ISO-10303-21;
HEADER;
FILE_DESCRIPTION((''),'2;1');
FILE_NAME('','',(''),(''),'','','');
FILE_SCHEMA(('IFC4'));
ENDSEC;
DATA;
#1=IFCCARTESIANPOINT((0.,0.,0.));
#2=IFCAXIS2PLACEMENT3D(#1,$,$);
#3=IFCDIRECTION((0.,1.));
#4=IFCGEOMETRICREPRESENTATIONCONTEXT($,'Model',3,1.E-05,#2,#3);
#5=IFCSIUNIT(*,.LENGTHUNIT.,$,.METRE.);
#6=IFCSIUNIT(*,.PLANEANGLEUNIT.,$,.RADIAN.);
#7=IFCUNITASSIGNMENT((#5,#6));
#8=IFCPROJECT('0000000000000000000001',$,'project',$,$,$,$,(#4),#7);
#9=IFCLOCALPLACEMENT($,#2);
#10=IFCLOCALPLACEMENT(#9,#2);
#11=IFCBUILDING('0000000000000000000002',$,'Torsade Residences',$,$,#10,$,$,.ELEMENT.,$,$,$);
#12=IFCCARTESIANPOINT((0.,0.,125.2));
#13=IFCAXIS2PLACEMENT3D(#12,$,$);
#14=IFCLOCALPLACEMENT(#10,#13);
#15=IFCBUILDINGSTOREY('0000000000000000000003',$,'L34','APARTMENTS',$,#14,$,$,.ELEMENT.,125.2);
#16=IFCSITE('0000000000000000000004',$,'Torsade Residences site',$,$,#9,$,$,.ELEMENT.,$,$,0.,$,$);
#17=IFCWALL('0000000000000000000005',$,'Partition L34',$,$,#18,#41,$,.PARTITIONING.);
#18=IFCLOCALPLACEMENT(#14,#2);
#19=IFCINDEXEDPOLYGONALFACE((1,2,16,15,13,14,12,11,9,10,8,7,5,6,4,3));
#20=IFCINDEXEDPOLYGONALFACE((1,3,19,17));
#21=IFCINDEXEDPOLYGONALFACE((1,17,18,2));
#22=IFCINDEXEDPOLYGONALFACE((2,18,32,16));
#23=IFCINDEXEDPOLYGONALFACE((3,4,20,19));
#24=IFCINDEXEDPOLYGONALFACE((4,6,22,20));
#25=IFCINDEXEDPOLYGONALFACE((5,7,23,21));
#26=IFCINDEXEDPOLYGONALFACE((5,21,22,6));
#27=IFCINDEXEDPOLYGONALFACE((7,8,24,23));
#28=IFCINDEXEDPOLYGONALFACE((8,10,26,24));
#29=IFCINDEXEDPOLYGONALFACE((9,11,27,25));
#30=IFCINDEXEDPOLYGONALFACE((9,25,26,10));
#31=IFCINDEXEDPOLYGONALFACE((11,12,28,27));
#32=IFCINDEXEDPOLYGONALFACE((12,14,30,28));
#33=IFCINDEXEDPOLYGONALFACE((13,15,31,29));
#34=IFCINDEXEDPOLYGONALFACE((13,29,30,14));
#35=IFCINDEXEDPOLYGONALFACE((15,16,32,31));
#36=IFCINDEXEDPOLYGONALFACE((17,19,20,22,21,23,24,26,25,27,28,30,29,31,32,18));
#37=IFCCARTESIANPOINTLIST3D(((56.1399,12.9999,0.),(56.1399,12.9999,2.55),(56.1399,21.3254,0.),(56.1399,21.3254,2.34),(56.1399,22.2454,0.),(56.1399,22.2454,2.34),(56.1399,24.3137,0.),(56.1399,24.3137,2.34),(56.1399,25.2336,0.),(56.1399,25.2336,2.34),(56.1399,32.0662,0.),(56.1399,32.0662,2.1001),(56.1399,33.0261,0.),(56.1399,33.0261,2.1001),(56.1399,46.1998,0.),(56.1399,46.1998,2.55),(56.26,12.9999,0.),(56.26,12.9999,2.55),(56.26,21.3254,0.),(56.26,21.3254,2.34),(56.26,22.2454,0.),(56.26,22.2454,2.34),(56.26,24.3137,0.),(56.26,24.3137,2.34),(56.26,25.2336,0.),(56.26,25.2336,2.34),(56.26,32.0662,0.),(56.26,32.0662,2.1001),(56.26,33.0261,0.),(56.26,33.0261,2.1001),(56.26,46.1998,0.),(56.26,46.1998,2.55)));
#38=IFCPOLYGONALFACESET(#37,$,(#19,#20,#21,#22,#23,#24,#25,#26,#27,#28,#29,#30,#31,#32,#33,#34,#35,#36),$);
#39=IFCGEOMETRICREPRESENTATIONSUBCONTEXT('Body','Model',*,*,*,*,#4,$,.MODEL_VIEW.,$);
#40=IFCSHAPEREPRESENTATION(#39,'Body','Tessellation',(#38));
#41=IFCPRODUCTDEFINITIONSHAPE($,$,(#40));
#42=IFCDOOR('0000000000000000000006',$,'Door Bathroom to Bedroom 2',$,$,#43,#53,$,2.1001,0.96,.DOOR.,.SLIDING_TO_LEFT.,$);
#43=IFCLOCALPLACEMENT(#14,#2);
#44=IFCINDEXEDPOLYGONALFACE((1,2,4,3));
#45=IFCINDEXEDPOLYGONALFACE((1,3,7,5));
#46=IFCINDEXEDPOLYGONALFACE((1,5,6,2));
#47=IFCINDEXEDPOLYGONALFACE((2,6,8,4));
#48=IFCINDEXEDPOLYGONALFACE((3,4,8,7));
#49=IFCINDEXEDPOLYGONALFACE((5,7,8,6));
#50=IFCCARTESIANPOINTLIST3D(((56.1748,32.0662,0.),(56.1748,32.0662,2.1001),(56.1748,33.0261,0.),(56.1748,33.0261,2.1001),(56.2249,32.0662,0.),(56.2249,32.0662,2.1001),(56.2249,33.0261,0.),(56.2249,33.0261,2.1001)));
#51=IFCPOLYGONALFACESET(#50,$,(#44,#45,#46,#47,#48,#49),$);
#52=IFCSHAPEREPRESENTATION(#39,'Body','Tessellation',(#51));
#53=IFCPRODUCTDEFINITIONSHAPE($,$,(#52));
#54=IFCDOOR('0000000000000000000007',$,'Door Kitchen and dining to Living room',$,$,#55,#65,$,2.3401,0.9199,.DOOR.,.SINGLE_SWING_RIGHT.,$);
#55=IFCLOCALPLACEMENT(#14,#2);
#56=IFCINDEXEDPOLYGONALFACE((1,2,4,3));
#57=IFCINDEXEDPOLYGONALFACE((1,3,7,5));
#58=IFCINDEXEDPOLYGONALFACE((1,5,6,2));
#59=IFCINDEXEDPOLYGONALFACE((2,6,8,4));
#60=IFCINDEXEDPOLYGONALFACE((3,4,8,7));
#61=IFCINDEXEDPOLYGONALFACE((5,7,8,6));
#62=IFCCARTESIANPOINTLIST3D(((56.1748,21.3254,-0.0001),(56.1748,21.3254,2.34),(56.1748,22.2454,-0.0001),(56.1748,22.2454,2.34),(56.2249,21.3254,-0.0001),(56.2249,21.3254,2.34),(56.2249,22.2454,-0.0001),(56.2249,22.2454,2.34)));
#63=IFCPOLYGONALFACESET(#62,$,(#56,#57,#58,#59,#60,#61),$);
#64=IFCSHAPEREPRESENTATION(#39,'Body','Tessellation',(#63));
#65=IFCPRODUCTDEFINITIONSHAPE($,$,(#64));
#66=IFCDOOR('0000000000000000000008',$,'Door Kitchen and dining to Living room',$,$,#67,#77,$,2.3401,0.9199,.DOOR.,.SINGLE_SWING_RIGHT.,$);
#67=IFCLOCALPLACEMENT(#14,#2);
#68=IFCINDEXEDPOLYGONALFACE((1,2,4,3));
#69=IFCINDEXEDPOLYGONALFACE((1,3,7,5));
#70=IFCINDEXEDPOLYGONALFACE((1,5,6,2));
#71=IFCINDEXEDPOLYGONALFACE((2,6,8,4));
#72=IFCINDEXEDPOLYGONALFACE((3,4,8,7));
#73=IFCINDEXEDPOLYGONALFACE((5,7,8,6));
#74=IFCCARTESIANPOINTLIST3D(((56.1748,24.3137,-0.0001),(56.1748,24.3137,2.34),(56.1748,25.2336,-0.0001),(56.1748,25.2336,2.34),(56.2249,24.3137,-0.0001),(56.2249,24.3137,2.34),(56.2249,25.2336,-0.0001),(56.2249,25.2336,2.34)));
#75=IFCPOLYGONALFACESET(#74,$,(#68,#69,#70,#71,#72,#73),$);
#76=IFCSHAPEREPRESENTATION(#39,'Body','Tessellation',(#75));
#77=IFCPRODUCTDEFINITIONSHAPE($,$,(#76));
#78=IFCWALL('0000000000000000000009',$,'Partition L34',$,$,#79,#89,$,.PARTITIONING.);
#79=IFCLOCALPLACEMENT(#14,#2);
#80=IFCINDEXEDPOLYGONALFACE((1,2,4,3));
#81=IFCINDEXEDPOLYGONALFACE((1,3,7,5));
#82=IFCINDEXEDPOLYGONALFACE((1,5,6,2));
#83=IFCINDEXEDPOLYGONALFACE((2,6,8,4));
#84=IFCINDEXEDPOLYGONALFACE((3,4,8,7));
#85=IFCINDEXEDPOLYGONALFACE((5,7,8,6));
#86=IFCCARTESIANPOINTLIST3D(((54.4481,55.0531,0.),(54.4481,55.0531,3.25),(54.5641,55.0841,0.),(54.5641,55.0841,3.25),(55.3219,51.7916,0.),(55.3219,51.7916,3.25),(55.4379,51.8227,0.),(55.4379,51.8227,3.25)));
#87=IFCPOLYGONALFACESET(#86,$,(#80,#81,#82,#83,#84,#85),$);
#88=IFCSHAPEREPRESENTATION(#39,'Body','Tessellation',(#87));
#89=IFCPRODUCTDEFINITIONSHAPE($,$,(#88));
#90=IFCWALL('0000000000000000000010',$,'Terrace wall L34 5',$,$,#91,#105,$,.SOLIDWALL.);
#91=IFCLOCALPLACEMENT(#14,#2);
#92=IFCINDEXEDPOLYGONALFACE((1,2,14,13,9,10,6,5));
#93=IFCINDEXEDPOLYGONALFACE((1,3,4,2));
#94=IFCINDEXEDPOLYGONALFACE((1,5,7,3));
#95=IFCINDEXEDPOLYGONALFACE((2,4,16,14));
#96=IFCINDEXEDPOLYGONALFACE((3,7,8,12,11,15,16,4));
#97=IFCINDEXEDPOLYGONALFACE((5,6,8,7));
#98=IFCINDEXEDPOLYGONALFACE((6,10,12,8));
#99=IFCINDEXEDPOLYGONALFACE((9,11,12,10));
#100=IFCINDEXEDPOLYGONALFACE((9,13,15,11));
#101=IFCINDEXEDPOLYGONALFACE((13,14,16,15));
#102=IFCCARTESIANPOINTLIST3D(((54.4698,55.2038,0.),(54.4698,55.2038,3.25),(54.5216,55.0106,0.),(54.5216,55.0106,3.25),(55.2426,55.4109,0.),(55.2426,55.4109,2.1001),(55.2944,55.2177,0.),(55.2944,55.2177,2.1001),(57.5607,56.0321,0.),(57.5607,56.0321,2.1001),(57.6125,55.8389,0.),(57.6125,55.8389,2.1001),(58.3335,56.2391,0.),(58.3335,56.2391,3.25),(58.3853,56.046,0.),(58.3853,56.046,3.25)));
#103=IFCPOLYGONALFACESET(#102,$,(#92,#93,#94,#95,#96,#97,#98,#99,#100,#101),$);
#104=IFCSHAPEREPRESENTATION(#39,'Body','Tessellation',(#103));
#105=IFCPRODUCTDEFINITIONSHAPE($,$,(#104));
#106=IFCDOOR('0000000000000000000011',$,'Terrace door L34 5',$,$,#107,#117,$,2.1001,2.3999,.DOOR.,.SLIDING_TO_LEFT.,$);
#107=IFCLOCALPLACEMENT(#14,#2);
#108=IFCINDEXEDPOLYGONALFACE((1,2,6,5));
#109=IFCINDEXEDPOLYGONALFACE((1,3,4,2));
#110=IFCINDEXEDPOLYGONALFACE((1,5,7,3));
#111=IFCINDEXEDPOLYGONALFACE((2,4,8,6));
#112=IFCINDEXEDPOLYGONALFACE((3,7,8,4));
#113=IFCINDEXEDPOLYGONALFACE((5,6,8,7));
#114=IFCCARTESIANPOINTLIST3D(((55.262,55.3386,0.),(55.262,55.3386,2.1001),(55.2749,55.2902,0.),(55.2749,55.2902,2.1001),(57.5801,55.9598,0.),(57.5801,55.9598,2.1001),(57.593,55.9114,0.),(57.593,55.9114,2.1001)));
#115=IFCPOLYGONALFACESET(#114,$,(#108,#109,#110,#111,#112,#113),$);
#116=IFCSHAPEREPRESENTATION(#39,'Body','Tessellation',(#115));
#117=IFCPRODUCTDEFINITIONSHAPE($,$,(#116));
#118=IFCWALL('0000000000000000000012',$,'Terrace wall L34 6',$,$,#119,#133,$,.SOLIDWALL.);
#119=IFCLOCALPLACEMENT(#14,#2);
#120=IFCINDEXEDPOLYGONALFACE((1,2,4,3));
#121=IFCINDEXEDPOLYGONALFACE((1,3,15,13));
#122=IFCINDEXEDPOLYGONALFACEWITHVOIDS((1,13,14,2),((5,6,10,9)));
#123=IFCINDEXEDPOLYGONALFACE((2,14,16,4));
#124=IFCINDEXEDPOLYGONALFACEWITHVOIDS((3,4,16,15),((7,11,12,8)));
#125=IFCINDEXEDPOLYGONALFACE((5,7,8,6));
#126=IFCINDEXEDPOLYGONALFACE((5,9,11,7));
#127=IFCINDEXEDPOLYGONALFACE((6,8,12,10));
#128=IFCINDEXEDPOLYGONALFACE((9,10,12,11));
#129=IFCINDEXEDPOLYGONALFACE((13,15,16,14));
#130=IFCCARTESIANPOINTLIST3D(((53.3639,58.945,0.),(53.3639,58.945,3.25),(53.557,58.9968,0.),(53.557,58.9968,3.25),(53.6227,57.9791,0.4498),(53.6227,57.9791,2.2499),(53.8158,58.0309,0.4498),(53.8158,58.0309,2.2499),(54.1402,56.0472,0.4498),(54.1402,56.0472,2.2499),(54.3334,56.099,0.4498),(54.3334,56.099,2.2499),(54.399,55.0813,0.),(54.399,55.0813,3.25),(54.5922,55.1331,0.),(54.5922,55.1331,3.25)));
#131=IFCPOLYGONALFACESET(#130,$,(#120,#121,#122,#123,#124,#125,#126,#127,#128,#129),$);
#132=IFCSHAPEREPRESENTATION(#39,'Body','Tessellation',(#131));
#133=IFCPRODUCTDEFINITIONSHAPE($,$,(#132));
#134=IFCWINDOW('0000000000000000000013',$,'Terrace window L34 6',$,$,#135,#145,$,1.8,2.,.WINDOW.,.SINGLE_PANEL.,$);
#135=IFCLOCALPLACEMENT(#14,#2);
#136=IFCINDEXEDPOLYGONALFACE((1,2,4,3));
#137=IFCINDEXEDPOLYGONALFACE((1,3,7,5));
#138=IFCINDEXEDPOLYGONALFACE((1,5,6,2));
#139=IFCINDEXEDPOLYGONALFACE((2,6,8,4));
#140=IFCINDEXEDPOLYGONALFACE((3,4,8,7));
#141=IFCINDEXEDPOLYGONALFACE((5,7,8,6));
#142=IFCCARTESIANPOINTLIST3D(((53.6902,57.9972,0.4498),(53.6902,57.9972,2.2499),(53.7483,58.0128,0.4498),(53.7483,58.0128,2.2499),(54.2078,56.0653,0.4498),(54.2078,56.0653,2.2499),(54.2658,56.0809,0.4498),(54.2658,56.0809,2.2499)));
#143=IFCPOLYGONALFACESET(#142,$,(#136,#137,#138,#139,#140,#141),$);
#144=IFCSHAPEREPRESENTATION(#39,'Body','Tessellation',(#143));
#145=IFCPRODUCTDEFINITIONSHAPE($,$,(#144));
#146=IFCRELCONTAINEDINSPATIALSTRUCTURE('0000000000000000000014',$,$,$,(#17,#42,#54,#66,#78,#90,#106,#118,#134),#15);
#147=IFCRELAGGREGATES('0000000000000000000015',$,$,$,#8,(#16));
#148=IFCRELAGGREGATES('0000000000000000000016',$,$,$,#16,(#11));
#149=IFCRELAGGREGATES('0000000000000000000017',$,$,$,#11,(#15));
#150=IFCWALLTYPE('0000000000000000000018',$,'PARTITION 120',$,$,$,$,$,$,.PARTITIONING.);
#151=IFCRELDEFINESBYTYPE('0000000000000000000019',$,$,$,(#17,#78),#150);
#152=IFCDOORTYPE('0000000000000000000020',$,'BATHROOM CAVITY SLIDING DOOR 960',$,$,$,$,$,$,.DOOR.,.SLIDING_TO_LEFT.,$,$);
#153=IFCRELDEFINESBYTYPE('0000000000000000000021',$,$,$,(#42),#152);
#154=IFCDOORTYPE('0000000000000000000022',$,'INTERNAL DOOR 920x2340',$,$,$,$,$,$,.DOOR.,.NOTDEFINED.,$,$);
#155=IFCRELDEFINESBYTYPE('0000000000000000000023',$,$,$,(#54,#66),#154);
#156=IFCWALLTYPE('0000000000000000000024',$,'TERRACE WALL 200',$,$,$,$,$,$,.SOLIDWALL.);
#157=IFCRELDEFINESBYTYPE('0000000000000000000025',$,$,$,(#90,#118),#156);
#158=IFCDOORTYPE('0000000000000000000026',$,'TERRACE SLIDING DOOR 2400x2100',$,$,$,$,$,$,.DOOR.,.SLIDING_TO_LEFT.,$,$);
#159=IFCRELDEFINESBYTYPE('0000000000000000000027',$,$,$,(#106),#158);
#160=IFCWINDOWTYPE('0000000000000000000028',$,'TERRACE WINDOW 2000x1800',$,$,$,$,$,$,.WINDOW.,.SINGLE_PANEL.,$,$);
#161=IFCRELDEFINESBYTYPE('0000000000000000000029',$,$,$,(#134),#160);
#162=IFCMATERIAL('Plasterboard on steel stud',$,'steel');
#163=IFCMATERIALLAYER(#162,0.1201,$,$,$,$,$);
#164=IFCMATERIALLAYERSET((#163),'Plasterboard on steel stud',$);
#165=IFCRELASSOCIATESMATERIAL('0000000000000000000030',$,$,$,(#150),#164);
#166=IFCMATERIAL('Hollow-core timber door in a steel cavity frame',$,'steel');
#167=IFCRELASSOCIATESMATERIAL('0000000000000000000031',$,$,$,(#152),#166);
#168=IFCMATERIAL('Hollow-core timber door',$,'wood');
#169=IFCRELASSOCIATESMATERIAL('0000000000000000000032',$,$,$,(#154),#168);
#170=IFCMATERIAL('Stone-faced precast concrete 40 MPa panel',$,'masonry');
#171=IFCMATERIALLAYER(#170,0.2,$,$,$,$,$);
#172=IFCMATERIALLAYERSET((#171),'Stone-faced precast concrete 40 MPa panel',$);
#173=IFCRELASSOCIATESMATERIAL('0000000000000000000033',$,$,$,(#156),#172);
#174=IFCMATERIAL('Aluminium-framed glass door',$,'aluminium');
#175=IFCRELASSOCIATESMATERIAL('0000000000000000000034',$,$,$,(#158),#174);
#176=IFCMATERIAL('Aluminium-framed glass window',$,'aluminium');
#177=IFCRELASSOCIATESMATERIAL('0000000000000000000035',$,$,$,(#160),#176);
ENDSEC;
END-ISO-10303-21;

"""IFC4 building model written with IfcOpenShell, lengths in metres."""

from ifc_helpers import new_model, si_unit, direction, frame, frame_2d, origin, place, context, subcontext, project, spatial, rectangle, extrude, material, layer, layer_set, type_object, element, fill, save


model = new_model("IFC4")

# Units and contexts
model_context = context("Model", 3, precision=1e-05, world=origin(), true_north=direction((0.0, 1.0)))
body_context = subcontext(model_context, "Body", "Model", "MODEL_VIEW")
ifc_project = project(units=[si_unit("LENGTHUNIT", "METRE"), si_unit("PLANEANGLEUNIT", "RADIAN")], contexts=[model_context])

# Site, building, storey
site_placement = place(None, origin())
site = spatial("IfcSite", under=ifc_project, at=site_placement, Name="Torsade Residences site", CompositionType="ELEMENT", RefElevation=0.0)
building_placement = place(site_placement, origin())
building = spatial("IfcBuilding", under=site, at=building_placement, Name="Torsade Residences", CompositionType="ELEMENT")
storey_placement = place(building_placement, frame((0.0, 0.0, 125.2)))
storey = spatial("IfcBuildingStorey", under=building, at=storey_placement, Name="L34", Description="APARTMENTS", CompositionType="ELEMENT", Elevation=125.2)

# Wall, openings, doors
ifc_material_1 = material(Name="Plasterboard on steel stud", Category="steel")
ifc_layer_1 = layer(ifc_material_1, 0.1201)
ifc_layer_set_1 = layer_set([ifc_layer_1], Name="Plasterboard on steel stud")
wall_type_1 = type_object("IfcWallType", Name="PARTITION 120", PredefinedType="PARTITIONING", material=ifc_layer_set_1)
wall_1_placement = place(storey_placement, frame((56.2, 46.2, 0.0), z_axis=(0.0, 0.0, 1.0), x_axis=(0.0, -1.0, 0.0)))
wall_1 = element("IfcWall", 1, at=wall_1_placement, inside=storey, type_object=wall_type_1, Name="Partition L34", PredefinedType="PARTITIONING", context=body_context, shape_type="SweptSolid", body=[
    extrude(rectangle(XDim=33.2, YDim=0.1201, at=frame_2d((16.6001, 0.0))), origin(), (0.0, 0.0, 1.0), 2.55),
])
opening_1_placement = place(wall_1_placement, frame((23.9546, 0.0, 0.0)))
opening_1 = element("IfcOpeningElement", 2, at=opening_1_placement, cuts=wall_1, PredefinedType="OPENING", context=body_context, shape_type="SweptSolid", body=[
    extrude(rectangle(XDim=0.9199, YDim=2.3401, at=frame_2d((0.46, 1.1699))), frame((0.0, 0.0701, 0.0), z_axis=(0.0, -1.0, 0.0), x_axis=(1.0, 0.0, 0.0)), (0.0, 0.0, 1.0), 0.1401),
])
opening_2_placement = place(wall_1_placement, frame((20.9663, 0.0, 0.0)))
opening_2 = element("IfcOpeningElement", 3, at=opening_2_placement, cuts=wall_1, PredefinedType="OPENING", context=body_context, shape_type="SweptSolid", body=[
    extrude(rectangle(XDim=0.9199, YDim=2.3401, at=frame_2d((0.46, 1.1699))), frame((0.0, 0.0701, 0.0), z_axis=(0.0, -1.0, 0.0), x_axis=(1.0, 0.0, 0.0)), (0.0, 0.0, 1.0), 0.1401),
])
opening_3_placement = place(wall_1_placement, frame((13.1738, 0.0, 0.0)))
opening_3 = element("IfcOpeningElement", 4, at=opening_3_placement, cuts=wall_1, PredefinedType="OPENING", context=body_context, shape_type="SweptSolid", body=[
    extrude(rectangle(XDim=0.96, YDim=2.1001, at=frame_2d((0.48, 1.05))), frame((0.0, 0.0701, 0.0), z_axis=(0.0, -1.0, 0.0), x_axis=(1.0, 0.0, 0.0)), (0.0, 0.0, 1.0), 0.1401),
])
ifc_material_2 = material(Name="Hollow-core timber door in a steel cavity frame", Category="steel")
door_type_1 = type_object("IfcDoorType", Name="BATHROOM CAVITY SLIDING DOOR 960", OperationType="SLIDING_TO_LEFT", PredefinedType="DOOR", material=ifc_material_2)
door_1_placement = place(opening_3_placement, origin())
door_1 = element("IfcDoor", 5, at=door_1_placement, inside=storey, type_object=door_type_1, Name="Door Bathroom to Bedroom 2", OperationType="SLIDING_TO_LEFT", OverallHeight=2.1001, OverallWidth=0.96, PredefinedType="DOOR", context=body_context, shape_type="SweptSolid", body=[
    extrude(rectangle(XDim=0.96, YDim=2.1001, at=frame_2d((0.48, 1.05))), frame((0.0, 0.0249, 0.0), z_axis=(0.0, -1.0, 0.0), x_axis=(1.0, 0.0, 0.0)), (0.0, 0.0, 1.0), 0.05),
])
fill(opening_3, door_1)
ifc_material_3 = material(Name="Hollow-core timber door", Category="wood")
door_type_2 = type_object("IfcDoorType", Name="INTERNAL DOOR 920x2340", OperationType="NOTDEFINED", PredefinedType="DOOR", material=ifc_material_3)
door_2_placement = place(opening_1_placement, origin())
door_2 = element("IfcDoor", 6, at=door_2_placement, inside=storey, type_object=door_type_2, Name="Door Kitchen and dining to Living room", OperationType="SINGLE_SWING_RIGHT", OverallHeight=2.3401, OverallWidth=0.9199, PredefinedType="DOOR", context=body_context, shape_type="SweptSolid", body=[
    extrude(rectangle(XDim=0.9199, YDim=2.3401, at=frame_2d((0.46, 1.1699))), frame((0.0, 0.0249, 0.0), z_axis=(0.0, -1.0, 0.0), x_axis=(1.0, 0.0, 0.0)), (0.0, 0.0, 1.0), 0.05),
])
fill(opening_1, door_2)
door_3_placement = place(opening_2_placement, origin())
door_3 = element("IfcDoor", 7, at=door_3_placement, inside=storey, type_object=door_type_2, Name="Door Kitchen and dining to Living room", OperationType="SINGLE_SWING_RIGHT", OverallHeight=2.3401, OverallWidth=0.9199, PredefinedType="DOOR", context=body_context, shape_type="SweptSolid", body=[
    extrude(rectangle(XDim=0.9199, YDim=2.3401, at=frame_2d((0.46, 1.1699))), frame((0.0, 0.0249, 0.0), z_axis=(0.0, -1.0, 0.0), x_axis=(1.0, 0.0, 0.0)), (0.0, 0.0, 1.0), 0.05),
])
fill(opening_2, door_3)

# Wall
wall_2_placement = place(storey_placement, frame((54.5061, 55.0686, 0.0), z_axis=(0.0, 0.0, 1.0), x_axis=(0.258783, -0.965935, 0.0)))
element("IfcWall", 8, at=wall_2_placement, inside=storey, type_object=wall_type_1, Name="Partition L34", PredefinedType="PARTITIONING", context=body_context, shape_type="SweptSolid", body=[
    extrude(rectangle(XDim=3.3765, YDim=0.1201, at=frame_2d((1.6882, 0.0))), origin(), (0.0, 0.0, 1.0), 3.25),
])

# Wall, opening, door
ifc_material_4 = material(Name="Stone-faced precast concrete 40 MPa panel", Category="masonry")
ifc_layer_2 = layer(ifc_material_4, 0.2)
ifc_layer_set_2 = layer_set([ifc_layer_2], Name="Stone-faced precast concrete 40 MPa panel")
wall_type_2 = type_object("IfcWallType", Name="TERRACE WALL 200", PredefinedType="SOLIDWALL", material=ifc_layer_set_2)
wall_3_placement = place(storey_placement, frame((58.3594, 56.1426, 0.0), z_axis=(0.0, 0.0, 1.0), x_axis=(-0.965919, -0.258844, 0.0)))
wall_3 = element("IfcWall", 9, at=wall_3_placement, inside=storey, type_object=wall_type_2, Name="Terrace wall L34 5", PredefinedType="SOLIDWALL", context=body_context, shape_type="SweptSolid", body=[
    extrude(rectangle(XDim=4.0, YDim=0.2, at=frame_2d((2.0, 0.0))), origin(), (0.0, 0.0, 1.0), 3.25),
])
opening_4_placement = place(wall_3_placement, frame((0.8, 0.0, 0.0)))
opening_4 = element("IfcOpeningElement", 10, at=opening_4_placement, cuts=wall_3, PredefinedType="OPENING", context=body_context, shape_type="SweptSolid", body=[
    extrude(rectangle(XDim=2.3999, YDim=2.1001, at=frame_2d((1.2, 1.05))), frame((0.0, 0.1099, 0.0), z_axis=(0.0, -1.0, 0.0), x_axis=(1.0, 0.0, 0.0)), (0.0, 0.0, 1.0), 0.22),
])
ifc_material_5 = material(Name="Aluminium-framed glass door", Category="aluminium")
door_type_3 = type_object("IfcDoorType", Name="TERRACE SLIDING DOOR 2400x2100", OperationType="SLIDING_TO_LEFT", PredefinedType="DOOR", material=ifc_material_5)
door_4_placement = place(opening_4_placement, origin())
door_4 = element("IfcDoor", 11, at=door_4_placement, inside=storey, type_object=door_type_3, Name="Terrace door L34 5", OperationType="SLIDING_TO_LEFT", OverallHeight=2.1001, OverallWidth=2.3999, PredefinedType="DOOR", context=body_context, shape_type="SweptSolid", body=[
    extrude(rectangle(XDim=2.3999, YDim=2.1001, at=frame_2d((1.2, 1.05))), frame((0.0, 0.0249, 0.0), z_axis=(0.0, -1.0, 0.0), x_axis=(1.0, 0.0, 0.0)), (0.0, 0.0, 1.0), 0.05),
])
fill(opening_4, door_4)

# Wall, opening, window
wall_4_placement = place(storey_placement, frame((54.4956, 55.1072, 0.0), z_axis=(0.0, 0.0, 1.0), x_axis=(-0.258787, 0.965934, 0.0)))
wall_4 = element("IfcWall", 12, at=wall_4_placement, inside=storey, type_object=wall_type_2, Name="Terrace wall L34 6", PredefinedType="SOLIDWALL", context=body_context, shape_type="SweptSolid", body=[
    extrude(rectangle(XDim=4.0, YDim=0.2, at=frame_2d((2.0, 0.0))), origin(), (0.0, 0.0, 1.0), 3.25),
])
opening_5_placement = place(wall_4_placement, frame((1.0, 0.0, 0.45)))
opening_5 = element("IfcOpeningElement", 13, at=opening_5_placement, cuts=wall_4, PredefinedType="OPENING", context=body_context, shape_type="SweptSolid", body=[
    extrude(rectangle(XDim=2.0, YDim=1.8, at=frame_2d((1.0, 0.8999))), frame((0.0, 0.1099, 0.0), z_axis=(0.0, -1.0, 0.0), x_axis=(1.0, 0.0, 0.0)), (0.0, 0.0, 1.0), 0.22),
])
ifc_material_6 = material(Name="Aluminium-framed glass window", Category="aluminium")
window_type = type_object("IfcWindowType", Name="TERRACE WINDOW 2000x1800", PartitioningType="SINGLE_PANEL", PredefinedType="WINDOW", material=ifc_material_6)
window_placement = place(opening_5_placement, origin())
window = element("IfcWindow", 14, at=window_placement, inside=storey, type_object=window_type, Name="Terrace window L34 6", OverallHeight=1.8, OverallWidth=2.0, PartitioningType="SINGLE_PANEL", PredefinedType="WINDOW", context=body_context, shape_type="SweptSolid", body=[
    extrude(rectangle(XDim=2.0, YDim=1.8, at=frame_2d((1.0, 0.8999))), frame((0.0, 0.03, 0.0), z_axis=(0.0, -1.0, 0.0), x_axis=(1.0, 0.0, 0.0)), (0.0, 0.0, 1.0), 0.0601),
])
fill(opening_5, window)

save(model, "model.ifc")
